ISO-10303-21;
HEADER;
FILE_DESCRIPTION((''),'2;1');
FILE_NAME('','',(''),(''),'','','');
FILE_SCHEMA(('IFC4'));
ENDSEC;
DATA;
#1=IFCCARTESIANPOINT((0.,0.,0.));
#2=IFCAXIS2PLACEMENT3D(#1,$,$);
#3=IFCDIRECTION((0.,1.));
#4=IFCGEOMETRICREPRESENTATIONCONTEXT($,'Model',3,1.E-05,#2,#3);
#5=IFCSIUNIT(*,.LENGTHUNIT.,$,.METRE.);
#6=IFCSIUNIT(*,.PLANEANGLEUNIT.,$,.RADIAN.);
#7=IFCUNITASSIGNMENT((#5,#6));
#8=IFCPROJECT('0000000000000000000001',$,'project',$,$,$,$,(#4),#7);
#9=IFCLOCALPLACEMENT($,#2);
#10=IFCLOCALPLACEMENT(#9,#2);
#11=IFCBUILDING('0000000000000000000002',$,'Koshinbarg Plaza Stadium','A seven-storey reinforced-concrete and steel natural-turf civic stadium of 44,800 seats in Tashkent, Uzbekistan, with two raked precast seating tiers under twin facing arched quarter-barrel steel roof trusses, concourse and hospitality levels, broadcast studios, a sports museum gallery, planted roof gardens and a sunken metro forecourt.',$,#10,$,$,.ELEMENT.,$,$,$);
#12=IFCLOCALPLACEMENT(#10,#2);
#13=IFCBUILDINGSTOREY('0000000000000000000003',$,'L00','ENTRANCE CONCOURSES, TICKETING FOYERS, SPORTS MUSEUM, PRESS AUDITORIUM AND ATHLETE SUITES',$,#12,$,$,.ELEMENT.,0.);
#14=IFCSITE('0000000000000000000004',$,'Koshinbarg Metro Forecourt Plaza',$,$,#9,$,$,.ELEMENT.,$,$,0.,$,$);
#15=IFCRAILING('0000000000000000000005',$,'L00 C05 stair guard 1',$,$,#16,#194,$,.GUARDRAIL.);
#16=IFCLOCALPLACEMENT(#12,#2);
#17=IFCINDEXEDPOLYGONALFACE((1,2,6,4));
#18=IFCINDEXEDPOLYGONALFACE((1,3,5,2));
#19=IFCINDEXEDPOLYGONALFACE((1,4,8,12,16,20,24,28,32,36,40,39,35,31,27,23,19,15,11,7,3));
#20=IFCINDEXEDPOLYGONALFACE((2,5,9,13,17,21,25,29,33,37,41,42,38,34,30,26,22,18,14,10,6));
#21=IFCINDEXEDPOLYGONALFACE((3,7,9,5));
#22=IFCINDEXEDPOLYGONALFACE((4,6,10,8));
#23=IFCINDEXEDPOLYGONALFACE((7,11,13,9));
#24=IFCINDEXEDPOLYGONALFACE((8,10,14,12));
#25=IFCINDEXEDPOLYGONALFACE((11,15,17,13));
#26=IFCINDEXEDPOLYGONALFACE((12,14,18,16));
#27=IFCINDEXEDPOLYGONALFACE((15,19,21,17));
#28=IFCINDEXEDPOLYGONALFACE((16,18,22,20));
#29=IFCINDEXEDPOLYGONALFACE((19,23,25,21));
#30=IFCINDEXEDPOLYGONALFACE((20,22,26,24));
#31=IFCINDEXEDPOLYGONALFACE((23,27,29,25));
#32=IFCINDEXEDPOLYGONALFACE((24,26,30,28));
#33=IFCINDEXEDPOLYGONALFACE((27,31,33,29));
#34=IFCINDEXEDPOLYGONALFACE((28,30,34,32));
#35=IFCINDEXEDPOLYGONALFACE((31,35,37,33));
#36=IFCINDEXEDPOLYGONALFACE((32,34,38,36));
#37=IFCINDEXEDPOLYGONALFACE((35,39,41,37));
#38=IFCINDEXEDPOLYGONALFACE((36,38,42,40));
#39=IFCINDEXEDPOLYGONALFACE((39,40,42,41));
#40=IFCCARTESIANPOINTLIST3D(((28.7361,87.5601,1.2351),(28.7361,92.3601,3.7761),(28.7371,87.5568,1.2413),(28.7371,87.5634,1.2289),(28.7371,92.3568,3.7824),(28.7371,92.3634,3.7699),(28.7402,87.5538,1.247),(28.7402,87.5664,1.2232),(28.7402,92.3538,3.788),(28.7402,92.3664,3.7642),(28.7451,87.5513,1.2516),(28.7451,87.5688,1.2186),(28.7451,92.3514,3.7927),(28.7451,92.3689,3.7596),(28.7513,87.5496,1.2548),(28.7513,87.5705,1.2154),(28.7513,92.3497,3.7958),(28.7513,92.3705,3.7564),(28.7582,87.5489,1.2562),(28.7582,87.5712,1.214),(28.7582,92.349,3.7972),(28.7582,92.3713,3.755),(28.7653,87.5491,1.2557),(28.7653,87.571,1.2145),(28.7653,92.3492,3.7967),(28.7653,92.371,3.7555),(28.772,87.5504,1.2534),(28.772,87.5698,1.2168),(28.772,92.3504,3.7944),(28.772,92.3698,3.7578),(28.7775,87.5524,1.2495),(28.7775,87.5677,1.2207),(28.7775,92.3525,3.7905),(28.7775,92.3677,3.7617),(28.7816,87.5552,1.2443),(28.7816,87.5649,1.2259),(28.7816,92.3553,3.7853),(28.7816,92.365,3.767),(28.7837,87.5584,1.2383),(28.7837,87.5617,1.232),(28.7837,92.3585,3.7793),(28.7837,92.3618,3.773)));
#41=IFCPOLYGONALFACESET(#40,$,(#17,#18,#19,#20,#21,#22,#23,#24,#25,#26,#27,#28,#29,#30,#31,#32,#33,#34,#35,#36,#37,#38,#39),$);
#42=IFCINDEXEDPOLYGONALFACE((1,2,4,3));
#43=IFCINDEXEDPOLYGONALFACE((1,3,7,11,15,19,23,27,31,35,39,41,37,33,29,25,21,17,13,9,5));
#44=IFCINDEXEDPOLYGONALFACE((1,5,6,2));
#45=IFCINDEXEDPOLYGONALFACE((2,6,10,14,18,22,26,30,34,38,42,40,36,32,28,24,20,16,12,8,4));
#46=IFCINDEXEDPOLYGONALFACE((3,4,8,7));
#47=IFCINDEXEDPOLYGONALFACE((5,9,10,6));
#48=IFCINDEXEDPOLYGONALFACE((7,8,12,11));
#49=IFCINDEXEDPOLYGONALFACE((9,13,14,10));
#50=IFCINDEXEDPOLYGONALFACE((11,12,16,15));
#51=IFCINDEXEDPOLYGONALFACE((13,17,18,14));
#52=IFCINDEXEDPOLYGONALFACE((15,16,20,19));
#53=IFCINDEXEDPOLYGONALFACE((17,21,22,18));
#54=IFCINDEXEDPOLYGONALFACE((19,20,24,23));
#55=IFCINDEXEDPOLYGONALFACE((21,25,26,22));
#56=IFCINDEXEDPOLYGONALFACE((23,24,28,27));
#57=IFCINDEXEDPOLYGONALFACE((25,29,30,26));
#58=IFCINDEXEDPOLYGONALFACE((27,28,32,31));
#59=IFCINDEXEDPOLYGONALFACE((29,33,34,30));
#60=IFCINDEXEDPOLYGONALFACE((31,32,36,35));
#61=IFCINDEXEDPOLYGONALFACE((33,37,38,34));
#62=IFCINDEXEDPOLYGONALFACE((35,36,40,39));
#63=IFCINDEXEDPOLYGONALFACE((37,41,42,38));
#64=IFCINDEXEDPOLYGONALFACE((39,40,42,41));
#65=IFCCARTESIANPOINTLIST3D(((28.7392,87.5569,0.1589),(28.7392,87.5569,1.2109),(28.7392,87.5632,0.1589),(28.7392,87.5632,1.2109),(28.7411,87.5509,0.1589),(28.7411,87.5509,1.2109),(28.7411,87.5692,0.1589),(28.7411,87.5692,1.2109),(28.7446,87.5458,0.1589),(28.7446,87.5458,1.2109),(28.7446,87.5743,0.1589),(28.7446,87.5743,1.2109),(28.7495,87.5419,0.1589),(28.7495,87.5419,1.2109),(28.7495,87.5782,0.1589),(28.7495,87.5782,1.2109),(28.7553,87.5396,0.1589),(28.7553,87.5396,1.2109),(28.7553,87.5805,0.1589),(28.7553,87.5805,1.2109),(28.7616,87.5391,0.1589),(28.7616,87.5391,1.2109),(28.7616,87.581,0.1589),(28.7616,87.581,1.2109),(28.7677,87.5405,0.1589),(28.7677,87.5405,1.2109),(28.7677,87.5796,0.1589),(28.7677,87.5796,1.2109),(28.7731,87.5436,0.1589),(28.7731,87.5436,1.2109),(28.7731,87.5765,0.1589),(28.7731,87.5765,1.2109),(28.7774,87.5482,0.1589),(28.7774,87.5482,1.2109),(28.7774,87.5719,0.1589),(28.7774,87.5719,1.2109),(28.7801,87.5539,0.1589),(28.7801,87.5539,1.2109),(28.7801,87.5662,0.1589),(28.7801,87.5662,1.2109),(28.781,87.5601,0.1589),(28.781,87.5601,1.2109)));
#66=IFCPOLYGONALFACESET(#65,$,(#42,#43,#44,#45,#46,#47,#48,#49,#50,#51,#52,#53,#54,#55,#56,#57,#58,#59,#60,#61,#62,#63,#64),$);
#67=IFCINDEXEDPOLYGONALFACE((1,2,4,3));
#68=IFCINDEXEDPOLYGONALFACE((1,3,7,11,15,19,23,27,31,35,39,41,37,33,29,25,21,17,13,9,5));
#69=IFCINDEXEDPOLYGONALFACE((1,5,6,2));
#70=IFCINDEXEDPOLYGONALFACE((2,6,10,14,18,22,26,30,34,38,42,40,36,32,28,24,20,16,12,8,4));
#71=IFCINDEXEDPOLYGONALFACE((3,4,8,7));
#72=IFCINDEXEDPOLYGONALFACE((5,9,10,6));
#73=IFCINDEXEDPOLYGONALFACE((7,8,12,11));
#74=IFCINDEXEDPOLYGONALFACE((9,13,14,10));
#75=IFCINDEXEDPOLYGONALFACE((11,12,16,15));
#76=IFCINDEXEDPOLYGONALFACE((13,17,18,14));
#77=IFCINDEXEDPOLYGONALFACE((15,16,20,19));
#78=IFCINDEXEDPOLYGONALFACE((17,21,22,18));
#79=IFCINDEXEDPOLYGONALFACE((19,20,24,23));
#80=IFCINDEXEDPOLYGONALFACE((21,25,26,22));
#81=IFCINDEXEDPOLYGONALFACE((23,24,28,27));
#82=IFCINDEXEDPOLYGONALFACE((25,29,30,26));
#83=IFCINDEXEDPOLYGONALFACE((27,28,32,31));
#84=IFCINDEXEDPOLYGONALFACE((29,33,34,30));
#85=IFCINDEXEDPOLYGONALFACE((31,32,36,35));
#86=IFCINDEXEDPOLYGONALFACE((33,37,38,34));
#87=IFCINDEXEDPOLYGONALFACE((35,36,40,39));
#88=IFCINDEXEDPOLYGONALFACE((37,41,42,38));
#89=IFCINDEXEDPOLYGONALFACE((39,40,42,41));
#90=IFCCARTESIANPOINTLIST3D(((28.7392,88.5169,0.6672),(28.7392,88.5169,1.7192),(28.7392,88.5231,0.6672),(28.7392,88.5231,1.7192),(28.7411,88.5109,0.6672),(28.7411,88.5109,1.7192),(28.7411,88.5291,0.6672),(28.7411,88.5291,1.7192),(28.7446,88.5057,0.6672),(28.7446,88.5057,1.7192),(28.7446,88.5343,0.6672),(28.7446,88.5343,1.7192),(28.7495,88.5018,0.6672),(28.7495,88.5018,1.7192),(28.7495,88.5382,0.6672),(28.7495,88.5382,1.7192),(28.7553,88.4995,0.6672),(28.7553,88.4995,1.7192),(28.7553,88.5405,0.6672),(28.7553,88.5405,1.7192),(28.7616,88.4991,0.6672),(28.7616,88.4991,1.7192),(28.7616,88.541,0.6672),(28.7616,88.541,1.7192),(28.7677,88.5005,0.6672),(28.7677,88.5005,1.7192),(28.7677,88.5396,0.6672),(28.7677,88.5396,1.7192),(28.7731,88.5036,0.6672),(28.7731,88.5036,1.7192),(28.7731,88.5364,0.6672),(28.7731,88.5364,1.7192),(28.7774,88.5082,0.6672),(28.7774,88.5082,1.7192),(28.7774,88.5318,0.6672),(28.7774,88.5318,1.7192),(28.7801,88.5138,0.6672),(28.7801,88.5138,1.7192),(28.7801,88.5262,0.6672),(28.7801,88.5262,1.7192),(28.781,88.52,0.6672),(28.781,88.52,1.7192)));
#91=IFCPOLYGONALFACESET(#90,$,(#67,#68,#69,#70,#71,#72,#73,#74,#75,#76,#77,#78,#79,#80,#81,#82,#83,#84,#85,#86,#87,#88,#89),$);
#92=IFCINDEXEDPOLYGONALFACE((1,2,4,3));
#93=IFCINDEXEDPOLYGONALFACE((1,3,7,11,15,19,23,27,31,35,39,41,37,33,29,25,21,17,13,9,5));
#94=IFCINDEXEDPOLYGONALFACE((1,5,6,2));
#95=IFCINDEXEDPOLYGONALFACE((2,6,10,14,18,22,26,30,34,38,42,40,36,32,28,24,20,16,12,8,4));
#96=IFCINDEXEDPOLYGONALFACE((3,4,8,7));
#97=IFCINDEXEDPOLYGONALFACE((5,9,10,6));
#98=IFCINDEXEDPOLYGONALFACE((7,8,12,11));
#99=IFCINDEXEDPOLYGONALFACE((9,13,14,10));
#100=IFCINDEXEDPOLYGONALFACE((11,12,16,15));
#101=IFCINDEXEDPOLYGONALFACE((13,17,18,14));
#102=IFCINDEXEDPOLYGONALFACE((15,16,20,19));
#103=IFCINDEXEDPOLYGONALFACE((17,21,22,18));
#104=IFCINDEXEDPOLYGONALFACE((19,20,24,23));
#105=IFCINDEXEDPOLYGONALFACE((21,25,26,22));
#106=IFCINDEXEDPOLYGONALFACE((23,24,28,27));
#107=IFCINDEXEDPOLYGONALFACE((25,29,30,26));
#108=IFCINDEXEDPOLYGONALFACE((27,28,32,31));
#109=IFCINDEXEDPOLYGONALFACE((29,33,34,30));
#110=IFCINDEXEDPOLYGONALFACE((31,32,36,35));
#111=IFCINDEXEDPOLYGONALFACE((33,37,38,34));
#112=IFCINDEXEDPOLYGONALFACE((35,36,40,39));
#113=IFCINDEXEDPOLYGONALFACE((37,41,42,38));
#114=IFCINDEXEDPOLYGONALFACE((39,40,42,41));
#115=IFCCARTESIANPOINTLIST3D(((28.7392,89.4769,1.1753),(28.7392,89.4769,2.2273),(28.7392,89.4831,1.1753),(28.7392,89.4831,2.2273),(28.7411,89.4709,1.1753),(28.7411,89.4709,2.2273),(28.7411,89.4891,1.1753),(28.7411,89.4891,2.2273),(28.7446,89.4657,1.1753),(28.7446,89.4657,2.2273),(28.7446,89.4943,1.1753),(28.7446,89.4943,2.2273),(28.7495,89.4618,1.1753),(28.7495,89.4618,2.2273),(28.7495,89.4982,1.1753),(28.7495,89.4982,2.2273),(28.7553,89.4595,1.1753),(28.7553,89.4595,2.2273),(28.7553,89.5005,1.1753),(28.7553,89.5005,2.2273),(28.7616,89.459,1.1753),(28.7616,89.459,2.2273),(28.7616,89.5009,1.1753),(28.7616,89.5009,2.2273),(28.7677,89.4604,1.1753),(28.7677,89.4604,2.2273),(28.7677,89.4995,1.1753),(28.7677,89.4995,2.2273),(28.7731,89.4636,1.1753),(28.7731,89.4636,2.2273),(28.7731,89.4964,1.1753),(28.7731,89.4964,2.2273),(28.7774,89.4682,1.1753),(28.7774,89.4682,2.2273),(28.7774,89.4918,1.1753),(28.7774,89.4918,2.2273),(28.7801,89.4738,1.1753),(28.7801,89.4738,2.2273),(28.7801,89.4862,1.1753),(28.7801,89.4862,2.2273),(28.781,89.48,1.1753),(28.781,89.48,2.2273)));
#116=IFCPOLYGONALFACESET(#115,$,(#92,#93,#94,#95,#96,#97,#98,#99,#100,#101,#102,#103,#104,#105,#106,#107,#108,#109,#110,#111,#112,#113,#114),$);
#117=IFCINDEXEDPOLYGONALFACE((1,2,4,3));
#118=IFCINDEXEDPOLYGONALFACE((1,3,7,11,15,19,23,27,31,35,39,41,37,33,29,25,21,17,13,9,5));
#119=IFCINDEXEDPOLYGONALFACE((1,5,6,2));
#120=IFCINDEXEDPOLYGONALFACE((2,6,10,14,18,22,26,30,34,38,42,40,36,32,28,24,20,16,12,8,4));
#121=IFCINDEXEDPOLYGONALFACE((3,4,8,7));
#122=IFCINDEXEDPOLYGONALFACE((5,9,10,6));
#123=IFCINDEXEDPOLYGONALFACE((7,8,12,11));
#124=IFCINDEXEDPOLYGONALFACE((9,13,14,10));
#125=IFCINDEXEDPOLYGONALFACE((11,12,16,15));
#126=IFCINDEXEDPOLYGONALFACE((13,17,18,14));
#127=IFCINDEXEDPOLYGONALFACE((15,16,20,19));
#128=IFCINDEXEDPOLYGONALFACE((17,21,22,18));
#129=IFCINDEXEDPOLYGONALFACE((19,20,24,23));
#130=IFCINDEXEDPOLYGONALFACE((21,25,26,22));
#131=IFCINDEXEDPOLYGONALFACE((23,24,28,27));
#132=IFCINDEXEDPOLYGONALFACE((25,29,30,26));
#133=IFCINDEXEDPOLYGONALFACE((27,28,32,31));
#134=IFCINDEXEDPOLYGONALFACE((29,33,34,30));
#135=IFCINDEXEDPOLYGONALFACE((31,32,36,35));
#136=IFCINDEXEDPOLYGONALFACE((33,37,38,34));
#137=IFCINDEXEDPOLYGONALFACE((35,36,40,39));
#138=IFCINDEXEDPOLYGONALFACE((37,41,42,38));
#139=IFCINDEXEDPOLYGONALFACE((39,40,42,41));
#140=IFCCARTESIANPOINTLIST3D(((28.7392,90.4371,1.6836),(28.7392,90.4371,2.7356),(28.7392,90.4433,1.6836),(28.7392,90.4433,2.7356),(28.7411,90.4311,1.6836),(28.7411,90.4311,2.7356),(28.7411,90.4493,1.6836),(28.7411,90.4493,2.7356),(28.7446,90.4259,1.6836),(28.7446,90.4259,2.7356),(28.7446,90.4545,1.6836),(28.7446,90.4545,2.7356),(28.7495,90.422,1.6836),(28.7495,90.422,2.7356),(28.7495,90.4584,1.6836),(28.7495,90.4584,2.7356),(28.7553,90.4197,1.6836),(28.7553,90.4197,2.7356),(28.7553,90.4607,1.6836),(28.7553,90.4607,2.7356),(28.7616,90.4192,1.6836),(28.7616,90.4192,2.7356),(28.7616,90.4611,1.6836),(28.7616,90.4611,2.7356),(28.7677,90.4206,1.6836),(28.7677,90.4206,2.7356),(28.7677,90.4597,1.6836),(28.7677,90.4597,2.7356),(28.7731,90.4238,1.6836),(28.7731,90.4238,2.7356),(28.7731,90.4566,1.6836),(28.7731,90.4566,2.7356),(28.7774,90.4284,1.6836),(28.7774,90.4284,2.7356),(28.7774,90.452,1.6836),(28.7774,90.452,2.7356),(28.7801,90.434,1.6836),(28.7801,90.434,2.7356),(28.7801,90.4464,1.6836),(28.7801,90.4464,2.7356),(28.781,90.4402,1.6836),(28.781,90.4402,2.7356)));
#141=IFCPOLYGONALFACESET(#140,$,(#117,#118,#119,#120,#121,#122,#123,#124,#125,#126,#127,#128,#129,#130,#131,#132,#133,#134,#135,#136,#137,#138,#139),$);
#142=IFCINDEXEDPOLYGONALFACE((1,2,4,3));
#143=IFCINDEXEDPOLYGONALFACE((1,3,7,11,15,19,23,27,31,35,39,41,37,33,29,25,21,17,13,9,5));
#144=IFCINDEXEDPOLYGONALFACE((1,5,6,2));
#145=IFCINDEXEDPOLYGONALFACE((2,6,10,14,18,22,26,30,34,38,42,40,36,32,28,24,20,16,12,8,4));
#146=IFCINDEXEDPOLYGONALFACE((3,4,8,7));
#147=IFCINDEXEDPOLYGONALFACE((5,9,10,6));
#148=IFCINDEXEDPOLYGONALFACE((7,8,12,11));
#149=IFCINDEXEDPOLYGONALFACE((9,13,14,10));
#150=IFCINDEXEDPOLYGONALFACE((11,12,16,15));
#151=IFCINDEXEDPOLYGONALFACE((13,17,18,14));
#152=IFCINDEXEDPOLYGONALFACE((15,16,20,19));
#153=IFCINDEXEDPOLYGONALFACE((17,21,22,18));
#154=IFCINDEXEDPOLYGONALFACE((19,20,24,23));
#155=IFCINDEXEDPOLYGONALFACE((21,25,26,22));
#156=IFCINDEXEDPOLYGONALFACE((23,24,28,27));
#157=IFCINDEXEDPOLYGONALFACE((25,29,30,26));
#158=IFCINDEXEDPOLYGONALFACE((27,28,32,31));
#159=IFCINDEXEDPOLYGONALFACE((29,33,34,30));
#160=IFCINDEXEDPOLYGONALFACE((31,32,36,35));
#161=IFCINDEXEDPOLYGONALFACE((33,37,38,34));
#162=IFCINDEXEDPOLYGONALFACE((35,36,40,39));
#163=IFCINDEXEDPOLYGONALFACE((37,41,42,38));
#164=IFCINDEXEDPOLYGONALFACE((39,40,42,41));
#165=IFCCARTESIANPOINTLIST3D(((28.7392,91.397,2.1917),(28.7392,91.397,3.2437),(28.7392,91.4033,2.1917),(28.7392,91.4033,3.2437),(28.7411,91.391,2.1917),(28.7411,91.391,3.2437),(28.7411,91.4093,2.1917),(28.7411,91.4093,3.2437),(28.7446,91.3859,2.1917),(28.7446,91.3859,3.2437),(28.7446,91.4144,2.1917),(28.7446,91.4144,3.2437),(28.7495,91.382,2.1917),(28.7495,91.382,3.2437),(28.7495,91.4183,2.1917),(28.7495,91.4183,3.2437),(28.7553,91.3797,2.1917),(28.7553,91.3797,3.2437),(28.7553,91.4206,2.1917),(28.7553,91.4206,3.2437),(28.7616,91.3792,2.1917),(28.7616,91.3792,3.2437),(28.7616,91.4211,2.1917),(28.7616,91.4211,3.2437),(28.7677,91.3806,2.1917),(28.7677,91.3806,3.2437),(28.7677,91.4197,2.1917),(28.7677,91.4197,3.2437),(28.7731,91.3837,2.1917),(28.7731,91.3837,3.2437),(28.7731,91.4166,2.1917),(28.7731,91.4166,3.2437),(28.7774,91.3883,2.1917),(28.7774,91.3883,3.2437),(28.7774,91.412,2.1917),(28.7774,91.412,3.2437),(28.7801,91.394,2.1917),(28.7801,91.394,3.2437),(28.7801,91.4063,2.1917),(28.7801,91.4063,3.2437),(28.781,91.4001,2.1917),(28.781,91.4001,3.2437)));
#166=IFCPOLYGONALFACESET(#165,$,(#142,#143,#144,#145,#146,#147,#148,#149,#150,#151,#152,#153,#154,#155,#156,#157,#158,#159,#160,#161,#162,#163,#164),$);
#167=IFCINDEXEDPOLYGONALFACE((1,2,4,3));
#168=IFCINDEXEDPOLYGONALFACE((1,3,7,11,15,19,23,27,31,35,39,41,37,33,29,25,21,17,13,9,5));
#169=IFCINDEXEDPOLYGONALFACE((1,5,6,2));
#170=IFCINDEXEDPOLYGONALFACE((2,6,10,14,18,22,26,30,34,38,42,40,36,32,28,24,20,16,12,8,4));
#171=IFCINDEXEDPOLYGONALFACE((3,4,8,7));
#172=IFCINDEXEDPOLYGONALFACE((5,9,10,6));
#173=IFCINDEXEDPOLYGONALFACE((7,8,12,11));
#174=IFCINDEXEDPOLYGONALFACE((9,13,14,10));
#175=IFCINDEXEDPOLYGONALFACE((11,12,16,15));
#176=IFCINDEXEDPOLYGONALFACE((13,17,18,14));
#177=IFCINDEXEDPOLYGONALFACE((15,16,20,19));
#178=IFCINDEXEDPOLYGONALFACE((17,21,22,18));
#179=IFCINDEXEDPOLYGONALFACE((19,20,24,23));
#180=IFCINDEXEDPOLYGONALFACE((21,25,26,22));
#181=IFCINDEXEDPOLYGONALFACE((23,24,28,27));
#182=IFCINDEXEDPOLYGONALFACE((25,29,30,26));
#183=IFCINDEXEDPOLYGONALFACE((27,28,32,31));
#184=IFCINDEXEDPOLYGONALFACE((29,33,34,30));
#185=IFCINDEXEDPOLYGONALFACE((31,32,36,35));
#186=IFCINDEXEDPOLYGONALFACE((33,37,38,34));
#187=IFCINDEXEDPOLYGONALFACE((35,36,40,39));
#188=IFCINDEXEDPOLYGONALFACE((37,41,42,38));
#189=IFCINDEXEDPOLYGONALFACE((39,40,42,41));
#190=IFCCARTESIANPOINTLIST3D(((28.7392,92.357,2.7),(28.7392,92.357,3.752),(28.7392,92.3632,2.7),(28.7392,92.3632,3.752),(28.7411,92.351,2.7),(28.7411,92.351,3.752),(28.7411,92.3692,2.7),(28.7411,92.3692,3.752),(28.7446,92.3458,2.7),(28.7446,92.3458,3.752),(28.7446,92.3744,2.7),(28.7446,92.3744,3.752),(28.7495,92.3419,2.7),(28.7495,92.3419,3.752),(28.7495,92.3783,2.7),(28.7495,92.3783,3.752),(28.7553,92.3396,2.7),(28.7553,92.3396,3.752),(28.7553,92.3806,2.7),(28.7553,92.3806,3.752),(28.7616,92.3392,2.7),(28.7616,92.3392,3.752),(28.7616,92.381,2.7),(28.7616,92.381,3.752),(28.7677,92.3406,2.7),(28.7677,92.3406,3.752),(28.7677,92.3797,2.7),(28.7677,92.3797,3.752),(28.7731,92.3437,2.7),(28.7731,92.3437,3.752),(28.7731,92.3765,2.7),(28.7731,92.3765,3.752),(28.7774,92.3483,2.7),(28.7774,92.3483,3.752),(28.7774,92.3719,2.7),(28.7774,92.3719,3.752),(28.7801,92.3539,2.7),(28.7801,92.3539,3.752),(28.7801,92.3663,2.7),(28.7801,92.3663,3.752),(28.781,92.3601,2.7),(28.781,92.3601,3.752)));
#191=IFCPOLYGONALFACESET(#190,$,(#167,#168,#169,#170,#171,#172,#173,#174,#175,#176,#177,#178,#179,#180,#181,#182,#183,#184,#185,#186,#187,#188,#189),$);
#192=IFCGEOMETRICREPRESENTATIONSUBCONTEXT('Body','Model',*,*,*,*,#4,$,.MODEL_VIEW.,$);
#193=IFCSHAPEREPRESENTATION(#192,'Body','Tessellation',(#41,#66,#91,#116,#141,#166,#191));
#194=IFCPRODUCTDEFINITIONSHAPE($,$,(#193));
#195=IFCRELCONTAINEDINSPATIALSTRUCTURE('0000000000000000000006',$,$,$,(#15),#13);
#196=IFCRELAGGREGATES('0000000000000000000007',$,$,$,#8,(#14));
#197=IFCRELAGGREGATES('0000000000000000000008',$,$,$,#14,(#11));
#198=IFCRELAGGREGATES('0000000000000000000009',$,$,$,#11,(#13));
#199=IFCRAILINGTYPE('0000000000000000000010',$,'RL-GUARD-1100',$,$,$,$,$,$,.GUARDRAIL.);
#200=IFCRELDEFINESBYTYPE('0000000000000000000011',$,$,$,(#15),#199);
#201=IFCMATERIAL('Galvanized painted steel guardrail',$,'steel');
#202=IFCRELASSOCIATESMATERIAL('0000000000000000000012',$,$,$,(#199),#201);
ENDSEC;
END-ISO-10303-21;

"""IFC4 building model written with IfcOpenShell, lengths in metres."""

from ifc_helpers import new_model, si_unit, direction, frame, origin, origin_2d, place, context, subcontext, project, spatial, circle, extrude, material, type_object, element, save


model = new_model("IFC4")

# Units and contexts
model_context = context("Model", 3, precision=1e-05, world=origin(), true_north=direction((0.0, 1.0)))
body_context = subcontext(model_context, "Body", "Model", "MODEL_VIEW")
ifc_project = project(units=[si_unit("LENGTHUNIT", "METRE"), si_unit("PLANEANGLEUNIT", "RADIAN")], contexts=[model_context])

# Site, building, storey
site_placement = place(None, origin())
site = spatial("IfcSite", under=ifc_project, at=site_placement, Name="Koshinbarg Metro Forecourt Plaza", CompositionType="ELEMENT", RefElevation=0.0)
building_placement = place(site_placement, origin())
building = spatial("IfcBuilding", under=site, at=building_placement, Name="Koshinbarg Plaza Stadium", Description="A seven-storey reinforced-concrete and steel natural-turf civic stadium of 44,800 seats in Tashkent, Uzbekistan, with two raked precast seating tiers under twin facing arched quarter-barrel steel roof trusses, concourse and hospitality levels, broadcast studios, a sports museum gallery, planted roof gardens and a sunken metro forecourt.", CompositionType="ELEMENT")
storey_placement = place(building_placement, origin())
storey = spatial("IfcBuildingStorey", under=building, at=storey_placement, Name="L00", Description="ENTRANCE CONCOURSES, TICKETING FOYERS, SPORTS MUSEUM, PRESS AUDITORIUM AND ATHLETE SUITES", CompositionType="ELEMENT", Elevation=0.0)

# Railing
ifc_material_1 = material(Name="Galvanized painted steel guardrail", Category="steel")
railing_type = type_object("IfcRailingType", Name="RL-GUARD-1100", PredefinedType="GUARDRAIL", material=ifc_material_1)
railing_1_placement = place(storey_placement, frame((28.76, 87.5601, 0.1589)))
element("IfcRailing", 1, at=railing_1_placement, inside=storey, type_object=railing_type, Name="L00 C05 stair guard 1", PredefinedType="GUARDRAIL", context=body_context, shape_type="SweptSolid", body=[
    extrude(circle(Radius=0.0239, at=origin_2d()), frame((0.0, 0.0, 1.0762), z_axis=(0.0, 0.883802, 0.467861), x_axis=(-1.0, 0.0, 0.0)), (0.0, 0.0, 1.0), 5.4312),
    extrude(circle(Radius=0.021, at=origin_2d()), origin(), (0.0, 0.0, 1.0), 1.052),
    extrude(circle(Radius=0.021, at=origin_2d()), frame((0.0, 0.96, 0.5083)), (0.0, 0.0, 1.0), 1.052),
    extrude(circle(Radius=0.021, at=origin_2d()), frame((0.0, 1.9199, 1.0164)), (0.0, 0.0, 1.0), 1.052),
    extrude(circle(Radius=0.021, at=origin_2d()), frame((0.0, 2.8801, 1.5247)), (0.0, 0.0, 1.0), 1.052),
    extrude(circle(Radius=0.021, at=origin_2d()), frame((0.0, 3.8401, 2.0327)), (0.0, 0.0, 1.0), 1.052),
    extrude(circle(Radius=0.021, at=origin_2d()), frame((0.0, 4.8, 2.541)), (0.0, 0.0, 1.0), 1.052),
])

save(model, "model.ifc")
